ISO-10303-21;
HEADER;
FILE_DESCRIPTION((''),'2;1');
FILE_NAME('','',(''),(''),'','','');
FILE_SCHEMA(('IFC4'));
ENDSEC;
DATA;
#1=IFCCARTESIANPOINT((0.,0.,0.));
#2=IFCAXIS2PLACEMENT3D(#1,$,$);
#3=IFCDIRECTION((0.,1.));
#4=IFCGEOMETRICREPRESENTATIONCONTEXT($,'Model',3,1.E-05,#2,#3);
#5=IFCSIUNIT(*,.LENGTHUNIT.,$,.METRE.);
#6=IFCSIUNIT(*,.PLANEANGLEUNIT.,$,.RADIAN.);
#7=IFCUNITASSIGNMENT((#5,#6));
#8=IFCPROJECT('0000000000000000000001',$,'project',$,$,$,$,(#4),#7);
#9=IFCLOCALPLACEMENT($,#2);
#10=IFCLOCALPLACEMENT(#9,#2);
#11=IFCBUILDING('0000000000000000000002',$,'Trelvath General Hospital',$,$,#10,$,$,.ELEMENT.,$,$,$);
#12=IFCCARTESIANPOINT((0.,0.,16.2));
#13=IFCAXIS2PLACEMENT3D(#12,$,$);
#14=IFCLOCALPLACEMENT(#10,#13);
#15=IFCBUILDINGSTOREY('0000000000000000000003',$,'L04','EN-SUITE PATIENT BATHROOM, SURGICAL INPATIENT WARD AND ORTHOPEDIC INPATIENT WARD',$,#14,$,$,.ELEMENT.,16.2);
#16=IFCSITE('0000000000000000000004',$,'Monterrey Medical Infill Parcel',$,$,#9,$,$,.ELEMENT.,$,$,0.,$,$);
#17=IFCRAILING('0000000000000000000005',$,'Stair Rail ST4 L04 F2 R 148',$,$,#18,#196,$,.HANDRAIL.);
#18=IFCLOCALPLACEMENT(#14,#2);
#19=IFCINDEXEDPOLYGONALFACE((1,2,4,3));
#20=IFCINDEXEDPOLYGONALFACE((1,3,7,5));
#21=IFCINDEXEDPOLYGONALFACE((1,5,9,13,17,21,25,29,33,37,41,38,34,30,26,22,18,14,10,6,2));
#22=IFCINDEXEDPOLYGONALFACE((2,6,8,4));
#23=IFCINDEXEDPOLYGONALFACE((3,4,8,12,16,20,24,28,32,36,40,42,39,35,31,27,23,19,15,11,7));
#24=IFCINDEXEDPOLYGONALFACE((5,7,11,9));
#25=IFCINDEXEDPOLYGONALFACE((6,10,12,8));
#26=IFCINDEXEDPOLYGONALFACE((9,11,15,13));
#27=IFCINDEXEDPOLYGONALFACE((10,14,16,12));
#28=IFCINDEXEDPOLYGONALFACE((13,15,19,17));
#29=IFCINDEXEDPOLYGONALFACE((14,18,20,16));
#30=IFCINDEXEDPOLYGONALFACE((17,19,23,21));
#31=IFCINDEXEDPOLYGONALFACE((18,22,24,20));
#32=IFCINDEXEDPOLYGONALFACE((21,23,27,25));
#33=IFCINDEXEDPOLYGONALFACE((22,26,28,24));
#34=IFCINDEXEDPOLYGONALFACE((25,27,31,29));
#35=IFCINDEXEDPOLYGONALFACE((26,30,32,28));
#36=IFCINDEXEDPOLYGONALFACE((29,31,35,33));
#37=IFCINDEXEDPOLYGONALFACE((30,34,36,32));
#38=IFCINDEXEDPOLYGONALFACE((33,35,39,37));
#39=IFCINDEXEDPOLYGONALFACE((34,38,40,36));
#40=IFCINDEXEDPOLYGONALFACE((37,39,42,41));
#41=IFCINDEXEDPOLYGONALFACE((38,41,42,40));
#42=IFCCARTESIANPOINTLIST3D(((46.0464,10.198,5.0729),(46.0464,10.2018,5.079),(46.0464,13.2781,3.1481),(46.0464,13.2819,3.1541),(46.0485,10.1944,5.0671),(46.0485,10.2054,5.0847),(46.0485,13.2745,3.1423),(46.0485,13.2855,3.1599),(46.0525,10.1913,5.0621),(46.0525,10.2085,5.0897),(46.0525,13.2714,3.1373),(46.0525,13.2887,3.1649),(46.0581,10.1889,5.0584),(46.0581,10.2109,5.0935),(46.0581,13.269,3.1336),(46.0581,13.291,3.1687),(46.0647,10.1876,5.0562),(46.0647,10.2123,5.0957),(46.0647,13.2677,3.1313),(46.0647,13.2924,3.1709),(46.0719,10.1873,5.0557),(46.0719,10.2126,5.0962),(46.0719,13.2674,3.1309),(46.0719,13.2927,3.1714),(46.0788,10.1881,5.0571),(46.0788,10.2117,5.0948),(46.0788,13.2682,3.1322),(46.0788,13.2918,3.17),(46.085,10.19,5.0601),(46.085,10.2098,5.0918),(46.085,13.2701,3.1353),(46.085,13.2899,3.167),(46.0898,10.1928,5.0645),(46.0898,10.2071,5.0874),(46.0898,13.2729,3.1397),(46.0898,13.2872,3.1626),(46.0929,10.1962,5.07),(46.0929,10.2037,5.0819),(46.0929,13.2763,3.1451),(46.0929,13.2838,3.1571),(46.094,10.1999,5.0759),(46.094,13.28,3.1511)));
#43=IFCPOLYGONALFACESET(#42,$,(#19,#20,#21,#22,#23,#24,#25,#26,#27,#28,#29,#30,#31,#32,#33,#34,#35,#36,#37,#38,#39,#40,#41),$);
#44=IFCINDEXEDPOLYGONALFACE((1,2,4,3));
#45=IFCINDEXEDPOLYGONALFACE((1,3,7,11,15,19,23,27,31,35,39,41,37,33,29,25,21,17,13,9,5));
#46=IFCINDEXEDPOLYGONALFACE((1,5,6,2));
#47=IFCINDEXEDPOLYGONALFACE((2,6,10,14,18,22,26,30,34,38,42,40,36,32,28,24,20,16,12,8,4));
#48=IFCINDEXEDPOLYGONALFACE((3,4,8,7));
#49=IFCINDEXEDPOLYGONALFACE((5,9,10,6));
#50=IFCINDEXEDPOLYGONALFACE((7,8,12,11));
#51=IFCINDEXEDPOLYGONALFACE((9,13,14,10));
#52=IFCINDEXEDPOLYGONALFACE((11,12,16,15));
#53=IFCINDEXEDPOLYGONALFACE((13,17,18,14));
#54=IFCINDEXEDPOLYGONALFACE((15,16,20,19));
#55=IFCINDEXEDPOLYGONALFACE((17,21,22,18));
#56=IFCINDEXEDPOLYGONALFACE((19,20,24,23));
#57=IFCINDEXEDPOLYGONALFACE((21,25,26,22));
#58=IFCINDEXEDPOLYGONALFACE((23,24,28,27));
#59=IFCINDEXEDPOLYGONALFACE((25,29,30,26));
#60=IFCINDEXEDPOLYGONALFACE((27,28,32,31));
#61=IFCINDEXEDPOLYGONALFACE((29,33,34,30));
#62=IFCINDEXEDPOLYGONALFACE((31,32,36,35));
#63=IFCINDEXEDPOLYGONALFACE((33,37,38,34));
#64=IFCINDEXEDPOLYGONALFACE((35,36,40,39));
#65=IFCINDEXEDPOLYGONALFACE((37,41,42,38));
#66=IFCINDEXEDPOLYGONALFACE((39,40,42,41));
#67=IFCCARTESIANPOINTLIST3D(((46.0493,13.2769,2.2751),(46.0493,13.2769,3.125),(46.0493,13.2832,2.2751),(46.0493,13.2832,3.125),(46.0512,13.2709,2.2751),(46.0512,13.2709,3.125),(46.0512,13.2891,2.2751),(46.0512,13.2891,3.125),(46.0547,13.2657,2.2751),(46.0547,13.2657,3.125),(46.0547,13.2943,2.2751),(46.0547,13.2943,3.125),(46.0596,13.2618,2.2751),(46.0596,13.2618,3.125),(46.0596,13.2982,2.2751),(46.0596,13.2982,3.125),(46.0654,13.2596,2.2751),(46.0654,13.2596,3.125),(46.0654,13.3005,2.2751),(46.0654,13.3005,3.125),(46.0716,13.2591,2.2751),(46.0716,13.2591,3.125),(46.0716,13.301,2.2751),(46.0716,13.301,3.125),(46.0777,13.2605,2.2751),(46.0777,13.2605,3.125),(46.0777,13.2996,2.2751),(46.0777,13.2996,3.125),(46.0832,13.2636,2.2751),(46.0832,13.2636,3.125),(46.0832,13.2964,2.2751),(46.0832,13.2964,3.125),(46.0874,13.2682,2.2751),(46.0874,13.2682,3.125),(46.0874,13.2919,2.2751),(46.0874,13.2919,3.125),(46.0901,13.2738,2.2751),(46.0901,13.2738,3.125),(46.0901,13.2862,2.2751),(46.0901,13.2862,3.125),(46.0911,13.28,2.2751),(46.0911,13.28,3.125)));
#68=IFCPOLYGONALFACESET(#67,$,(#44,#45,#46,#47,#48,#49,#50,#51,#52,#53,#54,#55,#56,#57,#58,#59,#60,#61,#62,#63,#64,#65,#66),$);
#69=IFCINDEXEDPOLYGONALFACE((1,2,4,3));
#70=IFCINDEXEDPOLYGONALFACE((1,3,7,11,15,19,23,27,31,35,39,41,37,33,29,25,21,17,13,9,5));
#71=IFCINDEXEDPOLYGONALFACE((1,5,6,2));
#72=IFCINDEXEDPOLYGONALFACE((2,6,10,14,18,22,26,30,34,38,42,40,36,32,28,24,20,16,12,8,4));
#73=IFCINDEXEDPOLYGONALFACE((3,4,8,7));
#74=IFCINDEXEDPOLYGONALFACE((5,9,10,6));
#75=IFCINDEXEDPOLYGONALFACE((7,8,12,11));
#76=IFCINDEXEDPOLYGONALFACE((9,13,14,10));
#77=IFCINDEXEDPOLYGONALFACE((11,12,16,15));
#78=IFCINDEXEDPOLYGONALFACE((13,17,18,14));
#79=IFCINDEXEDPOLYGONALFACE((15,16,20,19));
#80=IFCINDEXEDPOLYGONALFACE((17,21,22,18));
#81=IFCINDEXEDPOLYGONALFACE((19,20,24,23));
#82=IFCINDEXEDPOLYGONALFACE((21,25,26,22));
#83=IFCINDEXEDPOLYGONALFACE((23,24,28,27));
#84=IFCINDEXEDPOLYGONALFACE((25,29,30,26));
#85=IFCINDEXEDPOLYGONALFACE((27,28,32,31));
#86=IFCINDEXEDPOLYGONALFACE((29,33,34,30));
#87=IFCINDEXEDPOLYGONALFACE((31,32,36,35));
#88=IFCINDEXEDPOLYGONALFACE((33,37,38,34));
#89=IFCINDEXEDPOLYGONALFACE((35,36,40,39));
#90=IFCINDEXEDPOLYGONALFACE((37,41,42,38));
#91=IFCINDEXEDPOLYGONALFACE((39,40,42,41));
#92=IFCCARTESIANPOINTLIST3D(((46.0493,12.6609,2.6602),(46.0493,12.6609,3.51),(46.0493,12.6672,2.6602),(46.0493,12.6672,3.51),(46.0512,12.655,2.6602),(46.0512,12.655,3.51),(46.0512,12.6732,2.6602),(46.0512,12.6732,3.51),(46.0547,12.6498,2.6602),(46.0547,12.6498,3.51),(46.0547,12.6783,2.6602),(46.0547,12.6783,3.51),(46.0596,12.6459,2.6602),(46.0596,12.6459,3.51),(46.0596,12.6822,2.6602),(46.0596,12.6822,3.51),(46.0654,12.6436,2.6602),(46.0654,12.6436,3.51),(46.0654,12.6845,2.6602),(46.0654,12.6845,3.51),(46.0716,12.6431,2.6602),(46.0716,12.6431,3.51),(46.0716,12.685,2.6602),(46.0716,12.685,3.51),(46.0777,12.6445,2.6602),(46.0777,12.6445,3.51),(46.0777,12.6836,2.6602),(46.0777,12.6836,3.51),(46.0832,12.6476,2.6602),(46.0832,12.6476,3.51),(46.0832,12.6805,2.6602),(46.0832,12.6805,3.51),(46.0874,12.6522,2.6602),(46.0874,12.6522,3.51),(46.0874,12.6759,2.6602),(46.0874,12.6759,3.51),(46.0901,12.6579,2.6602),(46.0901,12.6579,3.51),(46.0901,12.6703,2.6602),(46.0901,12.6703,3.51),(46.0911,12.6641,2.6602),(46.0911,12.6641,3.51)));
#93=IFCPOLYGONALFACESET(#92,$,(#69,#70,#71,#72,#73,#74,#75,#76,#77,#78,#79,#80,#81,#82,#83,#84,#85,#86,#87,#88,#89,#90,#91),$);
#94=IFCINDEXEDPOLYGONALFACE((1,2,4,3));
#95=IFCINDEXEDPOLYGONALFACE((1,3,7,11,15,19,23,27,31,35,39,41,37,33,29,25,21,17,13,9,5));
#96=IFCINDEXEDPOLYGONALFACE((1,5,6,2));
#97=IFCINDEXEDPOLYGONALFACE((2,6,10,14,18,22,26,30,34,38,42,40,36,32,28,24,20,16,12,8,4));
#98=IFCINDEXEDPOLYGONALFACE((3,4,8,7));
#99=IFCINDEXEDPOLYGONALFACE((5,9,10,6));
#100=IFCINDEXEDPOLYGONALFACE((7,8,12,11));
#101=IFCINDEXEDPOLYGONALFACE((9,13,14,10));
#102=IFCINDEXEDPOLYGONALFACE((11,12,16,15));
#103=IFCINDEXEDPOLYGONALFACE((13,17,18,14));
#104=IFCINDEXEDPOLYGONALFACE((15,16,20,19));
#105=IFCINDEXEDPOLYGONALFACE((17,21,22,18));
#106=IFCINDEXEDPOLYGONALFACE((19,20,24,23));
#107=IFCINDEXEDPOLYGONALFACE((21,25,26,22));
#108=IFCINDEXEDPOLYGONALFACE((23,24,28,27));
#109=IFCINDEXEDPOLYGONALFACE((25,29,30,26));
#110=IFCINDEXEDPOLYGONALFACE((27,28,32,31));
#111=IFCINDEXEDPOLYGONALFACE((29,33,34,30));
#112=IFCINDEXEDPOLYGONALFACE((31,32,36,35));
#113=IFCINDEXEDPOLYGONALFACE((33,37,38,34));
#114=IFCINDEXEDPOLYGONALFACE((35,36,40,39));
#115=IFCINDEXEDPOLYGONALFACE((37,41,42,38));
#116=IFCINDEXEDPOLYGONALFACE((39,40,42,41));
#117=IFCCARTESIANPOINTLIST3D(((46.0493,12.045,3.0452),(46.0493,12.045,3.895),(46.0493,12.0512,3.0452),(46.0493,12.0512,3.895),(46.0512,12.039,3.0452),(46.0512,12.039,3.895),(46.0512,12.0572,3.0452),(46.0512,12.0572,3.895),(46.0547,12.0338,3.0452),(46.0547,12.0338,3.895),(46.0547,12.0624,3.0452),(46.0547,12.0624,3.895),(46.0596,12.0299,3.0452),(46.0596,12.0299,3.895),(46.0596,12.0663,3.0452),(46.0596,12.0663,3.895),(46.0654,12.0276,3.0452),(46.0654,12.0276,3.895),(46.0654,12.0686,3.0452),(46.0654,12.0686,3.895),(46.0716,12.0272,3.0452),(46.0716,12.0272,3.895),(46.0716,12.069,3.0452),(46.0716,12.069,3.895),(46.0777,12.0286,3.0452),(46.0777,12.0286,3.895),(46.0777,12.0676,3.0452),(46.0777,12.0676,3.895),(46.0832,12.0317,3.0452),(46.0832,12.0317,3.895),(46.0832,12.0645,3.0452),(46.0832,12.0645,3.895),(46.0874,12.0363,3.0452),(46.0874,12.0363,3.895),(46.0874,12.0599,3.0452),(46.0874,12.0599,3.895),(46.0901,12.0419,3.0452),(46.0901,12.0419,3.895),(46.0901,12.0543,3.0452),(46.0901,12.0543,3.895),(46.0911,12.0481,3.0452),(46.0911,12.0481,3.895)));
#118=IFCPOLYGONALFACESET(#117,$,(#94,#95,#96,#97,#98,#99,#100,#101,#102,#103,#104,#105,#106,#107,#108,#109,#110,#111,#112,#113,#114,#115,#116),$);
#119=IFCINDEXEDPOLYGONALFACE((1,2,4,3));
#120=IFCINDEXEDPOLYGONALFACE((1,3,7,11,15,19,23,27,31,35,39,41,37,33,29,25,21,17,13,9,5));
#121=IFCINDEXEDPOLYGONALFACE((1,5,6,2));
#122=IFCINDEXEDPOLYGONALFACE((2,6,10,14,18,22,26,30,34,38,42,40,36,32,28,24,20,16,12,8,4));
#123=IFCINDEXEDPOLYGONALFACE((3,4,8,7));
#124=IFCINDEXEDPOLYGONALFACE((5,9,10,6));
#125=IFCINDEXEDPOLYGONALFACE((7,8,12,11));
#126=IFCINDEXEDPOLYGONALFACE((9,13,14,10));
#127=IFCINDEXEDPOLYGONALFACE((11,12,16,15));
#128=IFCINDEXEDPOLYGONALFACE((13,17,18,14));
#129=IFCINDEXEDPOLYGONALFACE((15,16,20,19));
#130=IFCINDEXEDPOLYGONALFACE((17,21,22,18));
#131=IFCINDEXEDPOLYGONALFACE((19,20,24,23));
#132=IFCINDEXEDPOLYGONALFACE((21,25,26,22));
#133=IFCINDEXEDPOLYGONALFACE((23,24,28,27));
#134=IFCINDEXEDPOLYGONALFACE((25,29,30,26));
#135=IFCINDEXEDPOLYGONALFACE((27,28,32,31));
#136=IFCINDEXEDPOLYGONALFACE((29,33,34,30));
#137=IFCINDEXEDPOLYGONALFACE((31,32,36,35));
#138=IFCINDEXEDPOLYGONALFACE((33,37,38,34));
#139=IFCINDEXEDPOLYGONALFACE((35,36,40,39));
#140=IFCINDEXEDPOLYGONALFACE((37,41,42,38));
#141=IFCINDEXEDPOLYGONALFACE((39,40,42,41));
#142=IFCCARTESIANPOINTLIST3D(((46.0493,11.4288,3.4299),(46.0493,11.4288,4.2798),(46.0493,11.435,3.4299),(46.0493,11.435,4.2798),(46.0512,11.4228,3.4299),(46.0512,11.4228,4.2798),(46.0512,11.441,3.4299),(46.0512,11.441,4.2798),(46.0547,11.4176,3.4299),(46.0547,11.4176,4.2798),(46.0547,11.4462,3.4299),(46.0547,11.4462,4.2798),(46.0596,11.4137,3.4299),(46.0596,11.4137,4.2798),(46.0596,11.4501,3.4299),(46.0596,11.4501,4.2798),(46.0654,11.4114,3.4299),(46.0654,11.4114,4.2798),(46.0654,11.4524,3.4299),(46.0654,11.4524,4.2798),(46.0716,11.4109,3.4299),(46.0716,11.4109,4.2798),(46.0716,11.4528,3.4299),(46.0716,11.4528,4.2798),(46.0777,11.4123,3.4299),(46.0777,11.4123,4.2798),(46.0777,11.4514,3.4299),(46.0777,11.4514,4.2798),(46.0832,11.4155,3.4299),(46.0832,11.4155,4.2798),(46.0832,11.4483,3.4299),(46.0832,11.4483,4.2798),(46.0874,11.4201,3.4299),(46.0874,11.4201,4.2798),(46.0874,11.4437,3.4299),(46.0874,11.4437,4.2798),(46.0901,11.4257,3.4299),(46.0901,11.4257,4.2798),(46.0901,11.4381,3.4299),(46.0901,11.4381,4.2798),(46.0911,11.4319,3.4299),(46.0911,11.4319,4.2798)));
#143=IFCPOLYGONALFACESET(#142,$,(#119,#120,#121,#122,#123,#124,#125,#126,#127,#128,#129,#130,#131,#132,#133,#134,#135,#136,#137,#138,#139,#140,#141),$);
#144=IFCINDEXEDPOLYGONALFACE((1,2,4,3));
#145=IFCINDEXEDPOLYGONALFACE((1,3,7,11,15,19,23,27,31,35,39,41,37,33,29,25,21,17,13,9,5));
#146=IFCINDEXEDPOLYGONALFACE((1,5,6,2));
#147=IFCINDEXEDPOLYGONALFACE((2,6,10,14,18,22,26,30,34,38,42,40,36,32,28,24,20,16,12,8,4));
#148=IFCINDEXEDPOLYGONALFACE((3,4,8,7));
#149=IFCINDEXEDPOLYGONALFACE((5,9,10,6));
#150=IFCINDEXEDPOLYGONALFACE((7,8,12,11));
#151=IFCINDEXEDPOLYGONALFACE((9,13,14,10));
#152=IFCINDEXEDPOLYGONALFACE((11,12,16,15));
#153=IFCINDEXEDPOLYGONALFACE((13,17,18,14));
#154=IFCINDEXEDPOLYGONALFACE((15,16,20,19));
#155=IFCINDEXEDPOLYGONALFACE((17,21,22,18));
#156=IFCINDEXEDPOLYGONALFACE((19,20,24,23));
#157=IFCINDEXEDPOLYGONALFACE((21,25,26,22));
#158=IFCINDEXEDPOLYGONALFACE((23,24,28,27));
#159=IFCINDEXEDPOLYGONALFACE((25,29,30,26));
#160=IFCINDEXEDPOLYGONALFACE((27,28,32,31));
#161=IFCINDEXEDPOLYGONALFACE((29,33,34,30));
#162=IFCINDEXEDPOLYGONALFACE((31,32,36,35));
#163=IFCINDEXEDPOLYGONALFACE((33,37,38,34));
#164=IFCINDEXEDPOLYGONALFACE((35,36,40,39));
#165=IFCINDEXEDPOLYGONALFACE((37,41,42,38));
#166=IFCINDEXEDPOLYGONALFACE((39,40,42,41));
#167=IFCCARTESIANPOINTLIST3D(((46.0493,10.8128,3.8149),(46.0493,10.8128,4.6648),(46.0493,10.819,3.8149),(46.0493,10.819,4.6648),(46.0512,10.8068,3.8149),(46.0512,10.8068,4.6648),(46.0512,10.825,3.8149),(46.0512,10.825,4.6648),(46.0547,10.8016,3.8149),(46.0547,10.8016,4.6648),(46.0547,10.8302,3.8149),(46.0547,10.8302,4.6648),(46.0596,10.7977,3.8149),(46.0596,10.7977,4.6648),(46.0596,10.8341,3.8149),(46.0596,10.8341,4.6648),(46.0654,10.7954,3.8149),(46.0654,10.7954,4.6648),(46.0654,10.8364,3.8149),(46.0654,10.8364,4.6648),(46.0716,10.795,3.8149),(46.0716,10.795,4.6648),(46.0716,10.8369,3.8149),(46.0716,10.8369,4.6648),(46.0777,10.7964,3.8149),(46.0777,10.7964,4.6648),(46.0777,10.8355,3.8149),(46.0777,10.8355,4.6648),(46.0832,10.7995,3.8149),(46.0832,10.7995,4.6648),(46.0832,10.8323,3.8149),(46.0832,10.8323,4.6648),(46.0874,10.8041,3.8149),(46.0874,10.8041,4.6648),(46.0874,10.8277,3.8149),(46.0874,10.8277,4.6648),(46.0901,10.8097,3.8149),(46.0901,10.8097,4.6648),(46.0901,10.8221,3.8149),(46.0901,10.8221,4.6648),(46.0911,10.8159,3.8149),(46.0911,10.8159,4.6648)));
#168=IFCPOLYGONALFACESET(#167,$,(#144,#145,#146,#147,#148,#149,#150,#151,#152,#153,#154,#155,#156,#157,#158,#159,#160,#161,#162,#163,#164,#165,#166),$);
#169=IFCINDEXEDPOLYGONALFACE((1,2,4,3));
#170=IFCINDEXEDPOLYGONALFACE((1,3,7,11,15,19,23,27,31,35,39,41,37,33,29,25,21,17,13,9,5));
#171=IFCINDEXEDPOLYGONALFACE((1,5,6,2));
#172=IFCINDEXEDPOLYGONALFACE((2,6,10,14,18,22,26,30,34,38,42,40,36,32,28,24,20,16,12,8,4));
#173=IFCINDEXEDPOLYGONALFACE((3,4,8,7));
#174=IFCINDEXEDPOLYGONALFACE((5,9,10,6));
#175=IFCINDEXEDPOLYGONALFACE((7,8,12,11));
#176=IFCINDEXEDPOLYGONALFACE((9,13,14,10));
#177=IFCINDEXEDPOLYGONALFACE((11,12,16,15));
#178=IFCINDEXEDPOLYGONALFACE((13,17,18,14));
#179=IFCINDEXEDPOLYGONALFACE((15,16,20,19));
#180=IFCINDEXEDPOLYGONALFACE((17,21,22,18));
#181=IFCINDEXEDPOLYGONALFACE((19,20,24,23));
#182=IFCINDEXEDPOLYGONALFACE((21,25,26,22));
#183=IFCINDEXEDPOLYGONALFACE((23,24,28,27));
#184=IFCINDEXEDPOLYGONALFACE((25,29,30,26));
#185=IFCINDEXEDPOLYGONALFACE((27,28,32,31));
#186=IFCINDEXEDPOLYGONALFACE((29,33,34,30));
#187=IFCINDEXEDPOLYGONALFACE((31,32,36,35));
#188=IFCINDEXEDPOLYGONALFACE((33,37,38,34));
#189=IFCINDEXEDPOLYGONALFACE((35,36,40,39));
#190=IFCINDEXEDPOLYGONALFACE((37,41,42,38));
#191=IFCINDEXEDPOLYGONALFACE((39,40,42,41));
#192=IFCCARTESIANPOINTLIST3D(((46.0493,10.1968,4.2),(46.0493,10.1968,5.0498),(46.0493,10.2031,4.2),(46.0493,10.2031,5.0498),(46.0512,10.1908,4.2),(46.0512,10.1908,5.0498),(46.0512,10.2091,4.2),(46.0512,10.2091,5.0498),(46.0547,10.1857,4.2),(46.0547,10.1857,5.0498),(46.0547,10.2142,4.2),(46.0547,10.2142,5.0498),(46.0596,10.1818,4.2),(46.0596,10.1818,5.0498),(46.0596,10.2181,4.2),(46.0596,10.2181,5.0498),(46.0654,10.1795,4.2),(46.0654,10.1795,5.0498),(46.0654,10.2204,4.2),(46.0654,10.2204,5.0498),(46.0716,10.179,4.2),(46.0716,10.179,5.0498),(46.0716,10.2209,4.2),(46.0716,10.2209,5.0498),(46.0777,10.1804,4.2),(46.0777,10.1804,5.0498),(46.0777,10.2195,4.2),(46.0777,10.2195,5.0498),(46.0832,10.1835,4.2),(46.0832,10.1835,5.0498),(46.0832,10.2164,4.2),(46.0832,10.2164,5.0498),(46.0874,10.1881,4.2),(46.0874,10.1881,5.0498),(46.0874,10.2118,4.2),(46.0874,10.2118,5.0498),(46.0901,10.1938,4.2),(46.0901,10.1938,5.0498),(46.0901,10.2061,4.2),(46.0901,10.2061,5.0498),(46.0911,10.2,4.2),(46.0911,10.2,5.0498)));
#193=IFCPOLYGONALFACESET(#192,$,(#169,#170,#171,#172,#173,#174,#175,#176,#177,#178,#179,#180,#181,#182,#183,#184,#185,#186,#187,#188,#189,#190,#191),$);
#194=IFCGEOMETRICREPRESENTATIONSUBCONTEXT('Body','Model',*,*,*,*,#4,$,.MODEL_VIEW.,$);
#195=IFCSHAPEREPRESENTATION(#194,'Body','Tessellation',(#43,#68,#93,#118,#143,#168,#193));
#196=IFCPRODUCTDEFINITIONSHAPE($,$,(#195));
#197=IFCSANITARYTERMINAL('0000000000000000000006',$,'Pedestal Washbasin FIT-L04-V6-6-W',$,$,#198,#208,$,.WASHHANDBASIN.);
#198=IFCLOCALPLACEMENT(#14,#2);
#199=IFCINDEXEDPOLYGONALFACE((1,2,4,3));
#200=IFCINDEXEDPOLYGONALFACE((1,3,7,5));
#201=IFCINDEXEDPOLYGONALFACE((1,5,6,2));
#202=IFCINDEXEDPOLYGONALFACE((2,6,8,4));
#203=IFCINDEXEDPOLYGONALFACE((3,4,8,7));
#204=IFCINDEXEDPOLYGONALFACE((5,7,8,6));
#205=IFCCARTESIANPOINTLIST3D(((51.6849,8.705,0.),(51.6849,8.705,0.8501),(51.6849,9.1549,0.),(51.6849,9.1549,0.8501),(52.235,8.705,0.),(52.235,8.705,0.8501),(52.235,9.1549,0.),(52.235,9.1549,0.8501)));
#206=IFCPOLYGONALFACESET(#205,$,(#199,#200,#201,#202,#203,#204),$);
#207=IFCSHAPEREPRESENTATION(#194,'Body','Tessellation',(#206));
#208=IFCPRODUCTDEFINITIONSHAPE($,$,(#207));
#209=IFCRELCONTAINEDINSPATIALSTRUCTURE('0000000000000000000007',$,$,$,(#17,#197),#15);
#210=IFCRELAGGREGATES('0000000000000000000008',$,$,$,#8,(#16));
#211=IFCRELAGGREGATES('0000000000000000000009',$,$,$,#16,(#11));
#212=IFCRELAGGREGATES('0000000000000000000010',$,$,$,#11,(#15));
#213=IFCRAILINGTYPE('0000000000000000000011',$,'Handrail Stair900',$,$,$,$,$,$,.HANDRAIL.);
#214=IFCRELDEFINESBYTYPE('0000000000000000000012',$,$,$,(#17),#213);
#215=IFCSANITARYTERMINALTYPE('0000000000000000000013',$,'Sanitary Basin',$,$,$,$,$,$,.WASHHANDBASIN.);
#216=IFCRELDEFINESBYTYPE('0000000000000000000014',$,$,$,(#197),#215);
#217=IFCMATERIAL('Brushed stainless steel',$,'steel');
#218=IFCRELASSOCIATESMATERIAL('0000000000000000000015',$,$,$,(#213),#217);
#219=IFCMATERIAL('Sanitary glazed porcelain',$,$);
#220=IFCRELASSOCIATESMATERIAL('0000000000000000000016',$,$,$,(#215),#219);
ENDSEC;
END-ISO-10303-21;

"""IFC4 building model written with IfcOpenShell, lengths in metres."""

from ifc_helpers import new_model, si_unit, direction, frame, origin, origin_2d, place, context, subcontext, project, spatial, rectangle, circle, extrude, material, type_object, element, save


model = new_model("IFC4")

# Units and contexts
model_context = context("Model", 3, precision=1e-05, world=origin(), true_north=direction((0.0, 1.0)))
body_context = subcontext(model_context, "Body", "Model", "MODEL_VIEW")
ifc_project = project(units=[si_unit("LENGTHUNIT", "METRE"), si_unit("PLANEANGLEUNIT", "RADIAN")], contexts=[model_context])

# Site, building, storey
site_placement = place(None, origin())
site = spatial("IfcSite", under=ifc_project, at=site_placement, Name="Monterrey Medical Infill Parcel", CompositionType="ELEMENT", RefElevation=0.0)
building_placement = place(site_placement, origin())
building = spatial("IfcBuilding", under=site, at=building_placement, Name="Trelvath General Hospital", CompositionType="ELEMENT")
storey_placement = place(building_placement, frame((0.0, 0.0, 16.2)))
storey = spatial("IfcBuildingStorey", under=building, at=storey_placement, Name="L04", Description="EN-SUITE PATIENT BATHROOM, SURGICAL INPATIENT WARD AND ORTHOPEDIC INPATIENT WARD", CompositionType="ELEMENT", Elevation=16.2)

# Railing
ifc_material_1 = material(Name="Brushed stainless steel", Category="steel")
railing_type = type_object("IfcRailingType", Name="Handrail Stair900", PredefinedType="HANDRAIL", material=ifc_material_1)
railing_placement = place(storey_placement, frame((46.0701, 13.28, 2.2751)))
element("IfcRailing", 1, at=railing_placement, inside=storey, type_object=railing_type, Name="Stair Rail ST4 L04 F2 R 148", PredefinedType="HANDRAIL", context=body_context, shape_type="SweptSolid", body=[
    extrude(circle(Radius=0.0239, at=origin_2d()), frame((0.0, 0.0, 0.876), z_axis=(0.0, -0.848029, 0.529951), x_axis=(1.0, 0.0, 0.0)), (0.0, 0.0, 1.0), 3.6321),
    extrude(circle(Radius=0.021, at=origin_2d()), origin(), (0.0, 0.0, 1.0), 0.8499),
    extrude(circle(Radius=0.021, at=origin_2d()), frame((0.0, -0.616, 0.385)), (0.0, 0.0, 1.0), 0.8499),
    extrude(circle(Radius=0.021, at=origin_2d()), frame((0.0, -1.2319, 0.77)), (0.0, 0.0, 1.0), 0.8499),
    extrude(circle(Radius=0.021, at=origin_2d()), frame((0.0, -1.8481, 1.1548)), (0.0, 0.0, 1.0), 0.8499),
    extrude(circle(Radius=0.021, at=origin_2d()), frame((0.0, -2.4641, 1.5398)), (0.0, 0.0, 1.0), 0.8499),
    extrude(circle(Radius=0.021, at=origin_2d()), frame((0.0, -3.0801, 1.9248)), (0.0, 0.0, 1.0), 0.8499),
])

# Sanitary terminal
ifc_material_2 = material(Name="Sanitary glazed porcelain")
sanitary_terminal_type_1 = type_object("IfcSanitaryTerminalType", Name="Sanitary Basin", PredefinedType="WASHHANDBASIN", material=ifc_material_2)
sanitary_terminal_1_placement = place(storey_placement, frame((51.96, 8.9299, 0.0), z_axis=(0.0, 0.0, 1.0), x_axis=(1.0, 0.0, 0.0)))
element("IfcSanitaryTerminal", 2, at=sanitary_terminal_1_placement, inside=storey, type_object=sanitary_terminal_type_1, Name="Pedestal Washbasin FIT-L04-V6-6-W", PredefinedType="WASHHANDBASIN", context=body_context, shape_type="SweptSolid", body=[
    extrude(rectangle(XDim=0.55, YDim=0.45, at=origin_2d()), origin(), (0.0, 0.0, 1.0), 0.8501),
])

save(model, "model.ifc")
